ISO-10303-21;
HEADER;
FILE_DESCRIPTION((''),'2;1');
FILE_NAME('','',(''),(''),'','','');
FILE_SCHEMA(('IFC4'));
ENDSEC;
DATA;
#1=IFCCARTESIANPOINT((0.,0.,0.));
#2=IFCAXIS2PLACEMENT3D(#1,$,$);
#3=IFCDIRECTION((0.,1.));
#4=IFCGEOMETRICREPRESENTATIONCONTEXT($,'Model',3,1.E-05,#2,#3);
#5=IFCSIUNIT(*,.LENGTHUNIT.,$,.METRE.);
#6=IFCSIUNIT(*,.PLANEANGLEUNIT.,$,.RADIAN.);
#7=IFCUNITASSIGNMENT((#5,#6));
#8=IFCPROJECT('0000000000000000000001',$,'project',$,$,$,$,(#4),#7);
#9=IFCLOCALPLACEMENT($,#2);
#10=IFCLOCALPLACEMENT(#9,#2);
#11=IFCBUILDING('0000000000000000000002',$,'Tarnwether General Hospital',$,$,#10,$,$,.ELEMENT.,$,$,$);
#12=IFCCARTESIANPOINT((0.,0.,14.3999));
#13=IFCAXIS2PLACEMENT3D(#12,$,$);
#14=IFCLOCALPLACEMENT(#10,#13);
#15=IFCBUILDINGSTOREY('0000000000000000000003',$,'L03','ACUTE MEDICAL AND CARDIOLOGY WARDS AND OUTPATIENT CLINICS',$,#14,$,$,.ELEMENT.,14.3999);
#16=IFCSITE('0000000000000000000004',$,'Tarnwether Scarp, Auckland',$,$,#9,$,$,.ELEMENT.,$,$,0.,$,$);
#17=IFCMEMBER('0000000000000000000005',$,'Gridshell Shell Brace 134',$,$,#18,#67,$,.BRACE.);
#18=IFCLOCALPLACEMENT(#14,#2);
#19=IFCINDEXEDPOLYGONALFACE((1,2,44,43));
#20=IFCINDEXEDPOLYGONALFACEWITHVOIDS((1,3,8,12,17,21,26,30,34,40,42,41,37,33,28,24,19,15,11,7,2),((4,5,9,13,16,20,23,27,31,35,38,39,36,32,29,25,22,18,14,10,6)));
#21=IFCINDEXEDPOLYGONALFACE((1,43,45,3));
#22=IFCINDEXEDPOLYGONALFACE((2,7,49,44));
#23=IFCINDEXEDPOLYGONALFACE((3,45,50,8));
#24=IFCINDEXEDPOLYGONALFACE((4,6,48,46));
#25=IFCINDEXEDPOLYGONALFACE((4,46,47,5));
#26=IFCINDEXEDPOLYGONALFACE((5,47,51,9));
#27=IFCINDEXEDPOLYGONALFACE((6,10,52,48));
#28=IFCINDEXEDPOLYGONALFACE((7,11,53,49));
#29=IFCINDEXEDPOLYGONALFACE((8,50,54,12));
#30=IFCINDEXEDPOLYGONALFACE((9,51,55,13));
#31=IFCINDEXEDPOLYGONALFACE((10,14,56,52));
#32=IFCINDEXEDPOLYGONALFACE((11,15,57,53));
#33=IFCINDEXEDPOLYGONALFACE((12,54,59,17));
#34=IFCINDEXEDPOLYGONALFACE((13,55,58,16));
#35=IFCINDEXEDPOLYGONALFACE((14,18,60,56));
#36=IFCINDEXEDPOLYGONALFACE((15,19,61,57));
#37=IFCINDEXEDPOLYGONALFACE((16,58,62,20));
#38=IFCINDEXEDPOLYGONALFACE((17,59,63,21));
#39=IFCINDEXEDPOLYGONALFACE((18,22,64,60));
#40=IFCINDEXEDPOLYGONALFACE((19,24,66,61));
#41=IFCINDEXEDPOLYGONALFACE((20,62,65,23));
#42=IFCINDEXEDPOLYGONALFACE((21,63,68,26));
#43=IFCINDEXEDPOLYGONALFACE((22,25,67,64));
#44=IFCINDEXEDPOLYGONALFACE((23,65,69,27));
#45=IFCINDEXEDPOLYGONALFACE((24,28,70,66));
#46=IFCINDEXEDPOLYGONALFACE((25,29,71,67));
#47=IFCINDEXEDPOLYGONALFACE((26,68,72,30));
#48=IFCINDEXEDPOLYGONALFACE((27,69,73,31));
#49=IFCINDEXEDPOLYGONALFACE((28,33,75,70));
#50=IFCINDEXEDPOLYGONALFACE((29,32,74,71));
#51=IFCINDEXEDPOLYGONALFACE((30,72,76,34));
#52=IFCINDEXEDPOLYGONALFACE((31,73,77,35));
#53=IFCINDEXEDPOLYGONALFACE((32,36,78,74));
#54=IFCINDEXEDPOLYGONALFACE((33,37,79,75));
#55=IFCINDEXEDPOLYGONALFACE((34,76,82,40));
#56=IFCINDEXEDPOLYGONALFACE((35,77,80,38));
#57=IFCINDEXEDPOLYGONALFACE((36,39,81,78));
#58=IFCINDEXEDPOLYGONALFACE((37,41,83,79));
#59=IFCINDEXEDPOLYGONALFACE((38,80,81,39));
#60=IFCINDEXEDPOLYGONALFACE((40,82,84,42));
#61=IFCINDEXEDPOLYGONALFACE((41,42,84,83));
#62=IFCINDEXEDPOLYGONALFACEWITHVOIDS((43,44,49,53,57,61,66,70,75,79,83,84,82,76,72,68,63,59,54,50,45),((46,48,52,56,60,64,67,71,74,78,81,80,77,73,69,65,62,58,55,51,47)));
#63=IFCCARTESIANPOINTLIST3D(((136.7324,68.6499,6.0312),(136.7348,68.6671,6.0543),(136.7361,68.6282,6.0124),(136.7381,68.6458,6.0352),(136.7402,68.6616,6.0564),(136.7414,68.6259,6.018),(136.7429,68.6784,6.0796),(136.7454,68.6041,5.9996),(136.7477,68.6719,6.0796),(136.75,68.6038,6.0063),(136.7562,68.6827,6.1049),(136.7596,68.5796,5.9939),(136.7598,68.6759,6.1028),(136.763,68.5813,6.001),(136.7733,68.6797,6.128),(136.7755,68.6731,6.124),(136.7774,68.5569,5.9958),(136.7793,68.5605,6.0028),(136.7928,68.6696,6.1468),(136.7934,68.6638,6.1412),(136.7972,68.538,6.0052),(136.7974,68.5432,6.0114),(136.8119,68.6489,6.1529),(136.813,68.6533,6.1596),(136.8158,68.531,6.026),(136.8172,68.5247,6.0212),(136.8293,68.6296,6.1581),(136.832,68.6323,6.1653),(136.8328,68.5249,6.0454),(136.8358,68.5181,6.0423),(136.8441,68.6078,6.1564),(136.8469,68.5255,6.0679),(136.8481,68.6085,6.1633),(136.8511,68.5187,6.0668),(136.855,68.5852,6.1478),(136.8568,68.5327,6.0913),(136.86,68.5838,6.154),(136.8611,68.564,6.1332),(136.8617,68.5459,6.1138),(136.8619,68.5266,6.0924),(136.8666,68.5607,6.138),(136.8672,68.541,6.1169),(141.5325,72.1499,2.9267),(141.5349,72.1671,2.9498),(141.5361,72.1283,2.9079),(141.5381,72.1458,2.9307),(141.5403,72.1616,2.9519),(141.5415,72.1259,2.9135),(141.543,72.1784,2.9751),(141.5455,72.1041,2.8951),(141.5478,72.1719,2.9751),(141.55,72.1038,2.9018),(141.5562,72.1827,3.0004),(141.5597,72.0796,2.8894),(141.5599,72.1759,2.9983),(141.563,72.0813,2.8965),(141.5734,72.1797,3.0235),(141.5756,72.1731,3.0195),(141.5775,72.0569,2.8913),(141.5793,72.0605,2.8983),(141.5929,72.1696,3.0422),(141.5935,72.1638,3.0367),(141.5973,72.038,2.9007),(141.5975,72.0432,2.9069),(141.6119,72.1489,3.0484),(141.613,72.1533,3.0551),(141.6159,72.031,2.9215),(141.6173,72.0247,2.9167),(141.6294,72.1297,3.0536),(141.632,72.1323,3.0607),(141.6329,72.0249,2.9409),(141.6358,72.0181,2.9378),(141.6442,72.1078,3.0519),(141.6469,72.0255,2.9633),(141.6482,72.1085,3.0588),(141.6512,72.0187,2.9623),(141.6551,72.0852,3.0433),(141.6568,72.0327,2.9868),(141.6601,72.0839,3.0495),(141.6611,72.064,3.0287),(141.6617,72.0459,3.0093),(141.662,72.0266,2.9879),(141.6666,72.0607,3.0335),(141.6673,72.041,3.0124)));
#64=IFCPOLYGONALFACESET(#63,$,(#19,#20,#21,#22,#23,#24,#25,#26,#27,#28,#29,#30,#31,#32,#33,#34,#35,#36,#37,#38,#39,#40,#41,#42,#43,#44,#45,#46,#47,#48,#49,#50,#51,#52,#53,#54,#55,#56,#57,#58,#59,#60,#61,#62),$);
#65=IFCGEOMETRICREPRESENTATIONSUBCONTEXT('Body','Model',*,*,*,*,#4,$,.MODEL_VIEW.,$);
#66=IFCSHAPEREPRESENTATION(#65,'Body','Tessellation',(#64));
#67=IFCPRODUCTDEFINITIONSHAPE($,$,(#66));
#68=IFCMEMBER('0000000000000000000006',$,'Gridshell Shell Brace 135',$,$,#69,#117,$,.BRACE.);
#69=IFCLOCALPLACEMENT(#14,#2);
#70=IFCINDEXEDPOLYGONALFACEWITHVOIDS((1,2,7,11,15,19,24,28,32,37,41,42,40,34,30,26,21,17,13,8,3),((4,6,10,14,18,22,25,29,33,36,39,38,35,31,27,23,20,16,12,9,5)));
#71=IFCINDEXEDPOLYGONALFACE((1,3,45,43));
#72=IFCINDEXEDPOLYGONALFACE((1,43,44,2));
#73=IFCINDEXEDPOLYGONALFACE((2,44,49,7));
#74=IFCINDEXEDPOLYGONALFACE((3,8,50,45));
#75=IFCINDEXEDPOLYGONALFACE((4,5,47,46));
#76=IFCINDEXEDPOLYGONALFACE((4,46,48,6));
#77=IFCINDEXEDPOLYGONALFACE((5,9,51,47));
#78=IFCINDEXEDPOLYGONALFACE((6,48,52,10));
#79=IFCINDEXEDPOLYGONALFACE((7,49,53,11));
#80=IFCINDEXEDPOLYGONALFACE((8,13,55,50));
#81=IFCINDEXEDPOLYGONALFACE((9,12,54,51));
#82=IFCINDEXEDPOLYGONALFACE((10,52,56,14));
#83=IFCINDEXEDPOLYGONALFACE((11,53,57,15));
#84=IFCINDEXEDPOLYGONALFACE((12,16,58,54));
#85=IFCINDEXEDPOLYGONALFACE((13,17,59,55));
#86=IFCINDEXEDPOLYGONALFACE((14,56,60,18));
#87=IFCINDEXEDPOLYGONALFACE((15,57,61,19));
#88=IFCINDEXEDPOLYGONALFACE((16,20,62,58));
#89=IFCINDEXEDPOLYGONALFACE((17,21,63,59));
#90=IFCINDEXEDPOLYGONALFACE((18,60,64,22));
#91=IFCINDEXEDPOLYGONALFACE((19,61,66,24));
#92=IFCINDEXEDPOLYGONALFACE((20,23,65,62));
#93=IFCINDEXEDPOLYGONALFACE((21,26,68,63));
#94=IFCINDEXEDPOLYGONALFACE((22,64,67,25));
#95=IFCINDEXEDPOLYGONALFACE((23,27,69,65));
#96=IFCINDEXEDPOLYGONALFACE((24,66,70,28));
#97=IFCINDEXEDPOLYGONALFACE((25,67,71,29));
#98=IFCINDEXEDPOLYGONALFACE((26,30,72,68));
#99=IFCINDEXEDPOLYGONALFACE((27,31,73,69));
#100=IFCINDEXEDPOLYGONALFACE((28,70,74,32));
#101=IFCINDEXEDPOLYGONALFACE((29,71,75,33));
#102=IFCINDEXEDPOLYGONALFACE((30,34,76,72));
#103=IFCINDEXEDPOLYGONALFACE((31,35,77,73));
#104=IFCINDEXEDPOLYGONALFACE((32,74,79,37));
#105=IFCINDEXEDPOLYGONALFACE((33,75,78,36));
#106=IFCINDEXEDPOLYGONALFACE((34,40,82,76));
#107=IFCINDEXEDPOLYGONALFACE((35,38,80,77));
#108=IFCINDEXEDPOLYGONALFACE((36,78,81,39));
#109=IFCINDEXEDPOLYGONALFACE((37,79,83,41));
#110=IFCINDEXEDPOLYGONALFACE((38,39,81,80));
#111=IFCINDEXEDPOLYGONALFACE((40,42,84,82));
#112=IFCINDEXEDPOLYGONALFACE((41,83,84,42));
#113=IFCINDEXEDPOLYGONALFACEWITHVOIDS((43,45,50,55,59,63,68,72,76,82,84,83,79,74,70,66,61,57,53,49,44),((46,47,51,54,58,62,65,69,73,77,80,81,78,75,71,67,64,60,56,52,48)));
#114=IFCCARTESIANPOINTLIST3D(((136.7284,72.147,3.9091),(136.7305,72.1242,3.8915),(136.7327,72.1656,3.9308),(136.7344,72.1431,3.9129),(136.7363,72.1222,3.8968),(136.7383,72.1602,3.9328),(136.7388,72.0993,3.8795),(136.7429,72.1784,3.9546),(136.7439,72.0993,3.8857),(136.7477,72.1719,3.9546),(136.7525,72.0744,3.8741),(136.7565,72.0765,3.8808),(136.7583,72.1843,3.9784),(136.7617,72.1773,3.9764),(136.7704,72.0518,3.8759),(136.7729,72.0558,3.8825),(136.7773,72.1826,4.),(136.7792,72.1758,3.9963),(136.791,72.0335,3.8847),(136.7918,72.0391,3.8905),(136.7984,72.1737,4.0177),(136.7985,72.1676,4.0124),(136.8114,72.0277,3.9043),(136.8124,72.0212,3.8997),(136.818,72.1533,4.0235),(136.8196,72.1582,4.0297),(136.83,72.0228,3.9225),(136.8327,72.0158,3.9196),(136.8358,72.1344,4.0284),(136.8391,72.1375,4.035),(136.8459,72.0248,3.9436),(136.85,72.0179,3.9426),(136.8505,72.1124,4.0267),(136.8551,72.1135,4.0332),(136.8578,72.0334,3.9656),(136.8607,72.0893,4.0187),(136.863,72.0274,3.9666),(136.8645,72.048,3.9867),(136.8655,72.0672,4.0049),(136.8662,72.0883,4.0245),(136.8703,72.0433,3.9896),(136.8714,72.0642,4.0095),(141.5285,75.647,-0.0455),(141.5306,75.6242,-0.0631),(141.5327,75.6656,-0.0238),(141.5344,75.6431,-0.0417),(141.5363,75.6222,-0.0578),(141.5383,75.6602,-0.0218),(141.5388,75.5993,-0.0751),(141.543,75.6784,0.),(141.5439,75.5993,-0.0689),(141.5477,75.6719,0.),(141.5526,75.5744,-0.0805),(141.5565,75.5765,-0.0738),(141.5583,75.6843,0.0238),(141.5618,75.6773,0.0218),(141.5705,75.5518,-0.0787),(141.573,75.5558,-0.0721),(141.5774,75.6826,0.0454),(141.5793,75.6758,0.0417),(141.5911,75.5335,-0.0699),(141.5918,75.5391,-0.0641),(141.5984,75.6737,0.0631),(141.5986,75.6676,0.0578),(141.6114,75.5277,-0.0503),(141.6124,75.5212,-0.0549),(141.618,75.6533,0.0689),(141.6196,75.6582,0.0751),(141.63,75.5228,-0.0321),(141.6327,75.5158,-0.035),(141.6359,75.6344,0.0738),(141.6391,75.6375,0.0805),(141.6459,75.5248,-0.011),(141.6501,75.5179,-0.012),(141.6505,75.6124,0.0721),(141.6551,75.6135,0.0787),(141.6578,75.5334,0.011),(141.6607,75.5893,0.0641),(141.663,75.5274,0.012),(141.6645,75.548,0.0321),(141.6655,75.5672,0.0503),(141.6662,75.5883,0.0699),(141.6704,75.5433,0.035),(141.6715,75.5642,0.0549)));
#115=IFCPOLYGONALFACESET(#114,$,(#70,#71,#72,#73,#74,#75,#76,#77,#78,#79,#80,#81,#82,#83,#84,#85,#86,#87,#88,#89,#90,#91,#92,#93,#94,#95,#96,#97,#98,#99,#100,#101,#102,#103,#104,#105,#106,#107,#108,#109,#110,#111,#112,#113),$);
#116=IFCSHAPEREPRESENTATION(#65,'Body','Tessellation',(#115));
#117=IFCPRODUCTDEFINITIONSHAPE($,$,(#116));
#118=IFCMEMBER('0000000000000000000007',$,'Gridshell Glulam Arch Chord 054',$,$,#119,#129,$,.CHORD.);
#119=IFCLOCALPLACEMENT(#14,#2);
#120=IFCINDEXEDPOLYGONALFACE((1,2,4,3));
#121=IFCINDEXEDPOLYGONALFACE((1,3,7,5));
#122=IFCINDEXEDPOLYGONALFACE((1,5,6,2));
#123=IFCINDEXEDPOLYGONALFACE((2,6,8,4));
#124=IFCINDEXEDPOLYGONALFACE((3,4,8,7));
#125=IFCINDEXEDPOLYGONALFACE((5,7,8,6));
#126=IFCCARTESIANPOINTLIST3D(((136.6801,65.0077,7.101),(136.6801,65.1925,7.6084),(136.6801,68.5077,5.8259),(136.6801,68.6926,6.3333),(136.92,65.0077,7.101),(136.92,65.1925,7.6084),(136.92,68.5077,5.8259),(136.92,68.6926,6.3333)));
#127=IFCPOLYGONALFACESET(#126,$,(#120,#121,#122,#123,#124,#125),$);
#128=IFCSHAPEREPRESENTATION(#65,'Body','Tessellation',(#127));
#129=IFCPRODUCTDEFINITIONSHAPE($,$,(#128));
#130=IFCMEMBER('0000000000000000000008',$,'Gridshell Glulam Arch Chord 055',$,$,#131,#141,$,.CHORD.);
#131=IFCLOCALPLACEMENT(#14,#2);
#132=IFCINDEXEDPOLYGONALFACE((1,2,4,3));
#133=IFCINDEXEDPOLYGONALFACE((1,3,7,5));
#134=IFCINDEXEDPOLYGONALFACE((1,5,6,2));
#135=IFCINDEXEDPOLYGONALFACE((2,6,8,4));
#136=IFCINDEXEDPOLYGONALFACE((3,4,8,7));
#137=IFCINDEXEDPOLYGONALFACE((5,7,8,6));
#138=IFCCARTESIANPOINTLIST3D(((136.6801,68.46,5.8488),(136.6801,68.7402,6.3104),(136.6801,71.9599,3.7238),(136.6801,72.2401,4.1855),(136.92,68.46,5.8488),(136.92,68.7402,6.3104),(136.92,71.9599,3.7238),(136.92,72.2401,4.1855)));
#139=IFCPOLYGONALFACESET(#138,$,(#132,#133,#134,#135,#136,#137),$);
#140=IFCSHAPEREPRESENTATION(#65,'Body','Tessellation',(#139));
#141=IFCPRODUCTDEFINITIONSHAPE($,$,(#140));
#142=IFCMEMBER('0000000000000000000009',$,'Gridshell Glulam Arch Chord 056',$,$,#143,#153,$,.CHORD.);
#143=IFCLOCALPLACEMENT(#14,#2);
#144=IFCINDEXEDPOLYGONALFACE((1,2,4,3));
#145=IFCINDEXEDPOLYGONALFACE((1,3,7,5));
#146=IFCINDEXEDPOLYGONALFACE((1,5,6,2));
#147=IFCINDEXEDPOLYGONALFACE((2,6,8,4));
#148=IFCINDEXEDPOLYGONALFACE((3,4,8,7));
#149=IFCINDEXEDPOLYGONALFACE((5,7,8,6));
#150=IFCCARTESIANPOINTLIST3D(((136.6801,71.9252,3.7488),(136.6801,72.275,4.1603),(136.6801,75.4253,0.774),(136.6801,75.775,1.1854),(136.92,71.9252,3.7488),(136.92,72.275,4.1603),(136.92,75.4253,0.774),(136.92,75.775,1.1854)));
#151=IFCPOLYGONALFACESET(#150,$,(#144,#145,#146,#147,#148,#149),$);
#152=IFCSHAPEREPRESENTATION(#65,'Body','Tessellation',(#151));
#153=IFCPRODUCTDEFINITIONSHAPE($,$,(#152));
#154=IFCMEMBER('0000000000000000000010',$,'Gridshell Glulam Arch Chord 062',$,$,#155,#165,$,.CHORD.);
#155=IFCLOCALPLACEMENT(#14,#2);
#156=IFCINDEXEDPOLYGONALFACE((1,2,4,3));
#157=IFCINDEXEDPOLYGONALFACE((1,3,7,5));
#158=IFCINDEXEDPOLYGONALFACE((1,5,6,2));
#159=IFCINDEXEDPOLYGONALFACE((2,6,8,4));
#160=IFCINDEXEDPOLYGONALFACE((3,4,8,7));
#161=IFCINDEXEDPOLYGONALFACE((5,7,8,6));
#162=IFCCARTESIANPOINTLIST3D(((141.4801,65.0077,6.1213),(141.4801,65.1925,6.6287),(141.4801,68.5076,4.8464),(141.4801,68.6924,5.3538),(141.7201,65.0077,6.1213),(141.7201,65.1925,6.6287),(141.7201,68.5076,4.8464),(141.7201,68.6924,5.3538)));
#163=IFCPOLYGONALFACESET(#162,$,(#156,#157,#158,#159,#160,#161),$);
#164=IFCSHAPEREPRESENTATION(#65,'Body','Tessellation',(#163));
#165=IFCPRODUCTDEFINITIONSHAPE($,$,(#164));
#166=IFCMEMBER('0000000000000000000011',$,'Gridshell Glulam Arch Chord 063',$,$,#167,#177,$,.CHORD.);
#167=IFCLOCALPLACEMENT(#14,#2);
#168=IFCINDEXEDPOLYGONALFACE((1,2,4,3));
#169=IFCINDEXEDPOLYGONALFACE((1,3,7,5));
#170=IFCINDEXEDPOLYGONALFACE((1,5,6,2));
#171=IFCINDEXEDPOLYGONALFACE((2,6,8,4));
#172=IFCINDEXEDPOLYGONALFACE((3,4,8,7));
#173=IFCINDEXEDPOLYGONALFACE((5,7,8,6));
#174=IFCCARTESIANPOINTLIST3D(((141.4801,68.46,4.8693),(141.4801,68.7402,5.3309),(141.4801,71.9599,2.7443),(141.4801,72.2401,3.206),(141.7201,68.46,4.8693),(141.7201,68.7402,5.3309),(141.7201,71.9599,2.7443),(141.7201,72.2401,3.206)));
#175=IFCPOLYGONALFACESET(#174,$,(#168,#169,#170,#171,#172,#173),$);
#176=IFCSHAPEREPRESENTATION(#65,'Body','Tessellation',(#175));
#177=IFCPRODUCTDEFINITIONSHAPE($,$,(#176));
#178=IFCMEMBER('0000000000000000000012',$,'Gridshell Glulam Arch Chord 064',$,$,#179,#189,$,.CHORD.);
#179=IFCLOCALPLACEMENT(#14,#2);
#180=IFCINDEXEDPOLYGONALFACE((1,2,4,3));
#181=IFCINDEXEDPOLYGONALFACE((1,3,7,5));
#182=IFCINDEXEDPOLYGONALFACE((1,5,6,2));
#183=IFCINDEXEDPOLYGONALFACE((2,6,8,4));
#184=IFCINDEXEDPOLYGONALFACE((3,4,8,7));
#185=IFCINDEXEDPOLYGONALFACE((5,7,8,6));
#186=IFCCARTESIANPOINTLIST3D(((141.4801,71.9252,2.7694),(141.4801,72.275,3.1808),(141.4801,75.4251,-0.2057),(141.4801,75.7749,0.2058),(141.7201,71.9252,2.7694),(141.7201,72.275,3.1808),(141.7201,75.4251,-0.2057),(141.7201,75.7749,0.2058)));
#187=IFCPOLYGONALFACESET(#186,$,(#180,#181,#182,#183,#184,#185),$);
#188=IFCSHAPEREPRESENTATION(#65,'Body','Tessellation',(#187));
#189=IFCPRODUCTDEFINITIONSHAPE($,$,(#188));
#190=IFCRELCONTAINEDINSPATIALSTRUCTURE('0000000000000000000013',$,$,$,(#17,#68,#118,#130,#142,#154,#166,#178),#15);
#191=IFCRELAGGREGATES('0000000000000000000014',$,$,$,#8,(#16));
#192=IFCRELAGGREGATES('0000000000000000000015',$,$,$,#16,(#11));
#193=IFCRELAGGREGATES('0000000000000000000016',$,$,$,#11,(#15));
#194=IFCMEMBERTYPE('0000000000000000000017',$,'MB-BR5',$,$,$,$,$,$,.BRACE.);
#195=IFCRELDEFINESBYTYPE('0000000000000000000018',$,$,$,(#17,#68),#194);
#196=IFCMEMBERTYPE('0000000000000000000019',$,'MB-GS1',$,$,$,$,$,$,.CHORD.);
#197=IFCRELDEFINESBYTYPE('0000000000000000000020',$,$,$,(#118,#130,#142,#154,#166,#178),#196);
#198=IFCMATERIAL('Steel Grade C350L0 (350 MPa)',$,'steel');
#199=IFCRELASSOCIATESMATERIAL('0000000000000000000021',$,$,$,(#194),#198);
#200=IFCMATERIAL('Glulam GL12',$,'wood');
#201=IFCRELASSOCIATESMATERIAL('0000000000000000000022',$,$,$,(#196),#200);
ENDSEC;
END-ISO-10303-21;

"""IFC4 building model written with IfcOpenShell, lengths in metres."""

from ifc_helpers import new_model, si_unit, direction, frame, origin, origin_2d, place, context, subcontext, project, spatial, rectangle, hollow_circle, extrude, material, material_profile, profile_set, type_object, element, save


model = new_model("IFC4")

# Units and contexts
model_context = context("Model", 3, precision=1e-05, world=origin(), true_north=direction((0.0, 1.0)))
body_context = subcontext(model_context, "Body", "Model", "MODEL_VIEW")
ifc_project = project(units=[si_unit("LENGTHUNIT", "METRE"), si_unit("PLANEANGLEUNIT", "RADIAN")], contexts=[model_context])

# Site, building, storey
site_placement = place(None, origin())
site = spatial("IfcSite", under=ifc_project, at=site_placement, Name="Tarnwether Scarp, Auckland", CompositionType="ELEMENT", RefElevation=0.0)
building_placement = place(site_placement, origin())
building = spatial("IfcBuilding", under=site, at=building_placement, Name="Tarnwether General Hospital", CompositionType="ELEMENT")
storey_placement = place(building_placement, frame((0.0, 0.0, 14.3999)))
storey = spatial("IfcBuildingStorey", under=building, at=storey_placement, Name="L03", Description="ACUTE MEDICAL AND CARDIOLOGY WARDS AND OUTPATIENT CLINICS", CompositionType="ELEMENT", Elevation=14.3999)

# Members
ifc_material_1 = material(Name="Steel Grade C350L0 (350 MPa)", Category="steel")
ifc_material_profile_1 = material_profile(ifc_material_1, hollow_circle(Radius=0.0969, WallThickness=0.0081, at=origin_2d()), Name="CHS193.7x8.0")
ifc_profile_set_1 = profile_set([ifc_material_profile_1], Name="Steel Grade C350L0 (350 MPa)")
member_type_1 = type_object("IfcMemberType", Name="MB-BR5", PredefinedType="BRACE", material=ifc_profile_set_1)
member_1_placement = place(storey_placement, frame((136.8, 68.6001, 6.0796), z_axis=(0.716119, 0.522165, -0.463159), x_axis=(-0.589168, 0.80801, 0.0)))
element("IfcMember", 1, at=member_1_placement, inside=storey, type_object=member_type_1, Name="Gridshell Shell Brace 134", PredefinedType="BRACE", context=body_context, shape_type="SweptSolid", body=[
    extrude(hollow_circle(Radius=0.0969, WallThickness=0.0081, at=origin_2d()), origin(), (0.0, 0.0, 1.0), 6.7029),
])
member_2_placement = place(storey_placement, frame((136.8, 72.1001, 3.9546), z_axis=(0.672608, 0.490438, -0.554138), x_axis=(-0.589168, 0.80801, 0.0)))
element("IfcMember", 2, at=member_2_placement, inside=storey, type_object=member_type_1, Name="Gridshell Shell Brace 135", PredefinedType="BRACE", context=body_context, shape_type="SweptSolid", body=[
    extrude(hollow_circle(Radius=0.0969, WallThickness=0.0081, at=origin_2d()), origin(), (0.0, 0.0, 1.0), 7.1365),
])
ifc_material_2 = material(Name="Glulam GL12", Category="wood")
ifc_material_profile_2 = material_profile(ifc_material_2, rectangle(XDim=0.24, YDim=0.54, at=origin_2d()), Name="GL12-240x540")
ifc_profile_set_2 = profile_set([ifc_material_profile_2], Name="Glulam GL12")
member_type_2 = type_object("IfcMemberType", Name="MB-GS1", PredefinedType="CHORD", material=ifc_profile_set_2)
member_3_placement = place(storey_placement, frame((136.8, 65.1001, 7.3547), z_axis=(0.0, 0.939585, -0.342317), x_axis=(-1.0, 0.0, 0.0)))
element("IfcMember", 3, at=member_3_placement, inside=storey, type_object=member_type_2, Name="Gridshell Glulam Arch Chord 054", PredefinedType="CHORD", context=body_context, shape_type="SweptSolid", body=[
    extrude(rectangle(XDim=0.24, YDim=0.54, at=origin_2d()), origin(), (0.0, 0.0, 1.0), 3.7251),
])
member_4_placement = place(storey_placement, frame((136.8, 68.6001, 6.0796), z_axis=(0.0, 0.854788, -0.518978), x_axis=(-1.0, 0.0, 0.0)))
element("IfcMember", 4, at=member_4_placement, inside=storey, type_object=member_type_2, Name="Gridshell Glulam Arch Chord 055", PredefinedType="CHORD", context=body_context, shape_type="SweptSolid", body=[
    extrude(rectangle(XDim=0.24, YDim=0.54, at=origin_2d()), origin(), (0.0, 0.0, 1.0), 4.0945),
])
member_5_placement = place(storey_placement, frame((136.8, 72.1001, 3.9546), z_axis=(0.0, 0.761955, -0.64763), x_axis=(-1.0, 0.0, 0.0)))
element("IfcMember", 5, at=member_5_placement, inside=storey, type_object=member_type_2, Name="Gridshell Glulam Arch Chord 056", PredefinedType="CHORD", context=body_context, shape_type="SweptSolid", body=[
    extrude(rectangle(XDim=0.24, YDim=0.54, at=origin_2d()), origin(), (0.0, 0.0, 1.0), 4.5935),
])
member_6_placement = place(storey_placement, frame((141.6001, 65.1001, 6.375), z_axis=(0.0, 0.939606, -0.342259), x_axis=(-1.0, 0.0, 0.0)))
element("IfcMember", 6, at=member_6_placement, inside=storey, type_object=member_type_2, Name="Gridshell Glulam Arch Chord 062", PredefinedType="CHORD", context=body_context, shape_type="SweptSolid", body=[
    extrude(rectangle(XDim=0.24, YDim=0.54, at=origin_2d()), origin(), (0.0, 0.0, 1.0), 3.7249),
])
member_7_placement = place(storey_placement, frame((141.6001, 68.6001, 5.1001), z_axis=(0.0, 0.854788, -0.518978), x_axis=(-1.0, 0.0, 0.0)))
element("IfcMember", 7, at=member_7_placement, inside=storey, type_object=member_type_2, Name="Gridshell Glulam Arch Chord 063", PredefinedType="CHORD", context=body_context, shape_type="SweptSolid", body=[
    extrude(rectangle(XDim=0.24, YDim=0.54, at=origin_2d()), origin(), (0.0, 0.0, 1.0), 4.0945),
])
member_8_placement = place(storey_placement, frame((141.6001, 72.1001, 2.9751), z_axis=(0.0, 0.761929, -0.647661), x_axis=(-1.0, 0.0, 0.0)))
element("IfcMember", 8, at=member_8_placement, inside=storey, type_object=member_type_2, Name="Gridshell Glulam Arch Chord 064", PredefinedType="CHORD", context=body_context, shape_type="SweptSolid", body=[
    extrude(rectangle(XDim=0.24, YDim=0.54, at=origin_2d()), origin(), (0.0, 0.0, 1.0), 4.5935),
])

save(model, "model.ifc")
